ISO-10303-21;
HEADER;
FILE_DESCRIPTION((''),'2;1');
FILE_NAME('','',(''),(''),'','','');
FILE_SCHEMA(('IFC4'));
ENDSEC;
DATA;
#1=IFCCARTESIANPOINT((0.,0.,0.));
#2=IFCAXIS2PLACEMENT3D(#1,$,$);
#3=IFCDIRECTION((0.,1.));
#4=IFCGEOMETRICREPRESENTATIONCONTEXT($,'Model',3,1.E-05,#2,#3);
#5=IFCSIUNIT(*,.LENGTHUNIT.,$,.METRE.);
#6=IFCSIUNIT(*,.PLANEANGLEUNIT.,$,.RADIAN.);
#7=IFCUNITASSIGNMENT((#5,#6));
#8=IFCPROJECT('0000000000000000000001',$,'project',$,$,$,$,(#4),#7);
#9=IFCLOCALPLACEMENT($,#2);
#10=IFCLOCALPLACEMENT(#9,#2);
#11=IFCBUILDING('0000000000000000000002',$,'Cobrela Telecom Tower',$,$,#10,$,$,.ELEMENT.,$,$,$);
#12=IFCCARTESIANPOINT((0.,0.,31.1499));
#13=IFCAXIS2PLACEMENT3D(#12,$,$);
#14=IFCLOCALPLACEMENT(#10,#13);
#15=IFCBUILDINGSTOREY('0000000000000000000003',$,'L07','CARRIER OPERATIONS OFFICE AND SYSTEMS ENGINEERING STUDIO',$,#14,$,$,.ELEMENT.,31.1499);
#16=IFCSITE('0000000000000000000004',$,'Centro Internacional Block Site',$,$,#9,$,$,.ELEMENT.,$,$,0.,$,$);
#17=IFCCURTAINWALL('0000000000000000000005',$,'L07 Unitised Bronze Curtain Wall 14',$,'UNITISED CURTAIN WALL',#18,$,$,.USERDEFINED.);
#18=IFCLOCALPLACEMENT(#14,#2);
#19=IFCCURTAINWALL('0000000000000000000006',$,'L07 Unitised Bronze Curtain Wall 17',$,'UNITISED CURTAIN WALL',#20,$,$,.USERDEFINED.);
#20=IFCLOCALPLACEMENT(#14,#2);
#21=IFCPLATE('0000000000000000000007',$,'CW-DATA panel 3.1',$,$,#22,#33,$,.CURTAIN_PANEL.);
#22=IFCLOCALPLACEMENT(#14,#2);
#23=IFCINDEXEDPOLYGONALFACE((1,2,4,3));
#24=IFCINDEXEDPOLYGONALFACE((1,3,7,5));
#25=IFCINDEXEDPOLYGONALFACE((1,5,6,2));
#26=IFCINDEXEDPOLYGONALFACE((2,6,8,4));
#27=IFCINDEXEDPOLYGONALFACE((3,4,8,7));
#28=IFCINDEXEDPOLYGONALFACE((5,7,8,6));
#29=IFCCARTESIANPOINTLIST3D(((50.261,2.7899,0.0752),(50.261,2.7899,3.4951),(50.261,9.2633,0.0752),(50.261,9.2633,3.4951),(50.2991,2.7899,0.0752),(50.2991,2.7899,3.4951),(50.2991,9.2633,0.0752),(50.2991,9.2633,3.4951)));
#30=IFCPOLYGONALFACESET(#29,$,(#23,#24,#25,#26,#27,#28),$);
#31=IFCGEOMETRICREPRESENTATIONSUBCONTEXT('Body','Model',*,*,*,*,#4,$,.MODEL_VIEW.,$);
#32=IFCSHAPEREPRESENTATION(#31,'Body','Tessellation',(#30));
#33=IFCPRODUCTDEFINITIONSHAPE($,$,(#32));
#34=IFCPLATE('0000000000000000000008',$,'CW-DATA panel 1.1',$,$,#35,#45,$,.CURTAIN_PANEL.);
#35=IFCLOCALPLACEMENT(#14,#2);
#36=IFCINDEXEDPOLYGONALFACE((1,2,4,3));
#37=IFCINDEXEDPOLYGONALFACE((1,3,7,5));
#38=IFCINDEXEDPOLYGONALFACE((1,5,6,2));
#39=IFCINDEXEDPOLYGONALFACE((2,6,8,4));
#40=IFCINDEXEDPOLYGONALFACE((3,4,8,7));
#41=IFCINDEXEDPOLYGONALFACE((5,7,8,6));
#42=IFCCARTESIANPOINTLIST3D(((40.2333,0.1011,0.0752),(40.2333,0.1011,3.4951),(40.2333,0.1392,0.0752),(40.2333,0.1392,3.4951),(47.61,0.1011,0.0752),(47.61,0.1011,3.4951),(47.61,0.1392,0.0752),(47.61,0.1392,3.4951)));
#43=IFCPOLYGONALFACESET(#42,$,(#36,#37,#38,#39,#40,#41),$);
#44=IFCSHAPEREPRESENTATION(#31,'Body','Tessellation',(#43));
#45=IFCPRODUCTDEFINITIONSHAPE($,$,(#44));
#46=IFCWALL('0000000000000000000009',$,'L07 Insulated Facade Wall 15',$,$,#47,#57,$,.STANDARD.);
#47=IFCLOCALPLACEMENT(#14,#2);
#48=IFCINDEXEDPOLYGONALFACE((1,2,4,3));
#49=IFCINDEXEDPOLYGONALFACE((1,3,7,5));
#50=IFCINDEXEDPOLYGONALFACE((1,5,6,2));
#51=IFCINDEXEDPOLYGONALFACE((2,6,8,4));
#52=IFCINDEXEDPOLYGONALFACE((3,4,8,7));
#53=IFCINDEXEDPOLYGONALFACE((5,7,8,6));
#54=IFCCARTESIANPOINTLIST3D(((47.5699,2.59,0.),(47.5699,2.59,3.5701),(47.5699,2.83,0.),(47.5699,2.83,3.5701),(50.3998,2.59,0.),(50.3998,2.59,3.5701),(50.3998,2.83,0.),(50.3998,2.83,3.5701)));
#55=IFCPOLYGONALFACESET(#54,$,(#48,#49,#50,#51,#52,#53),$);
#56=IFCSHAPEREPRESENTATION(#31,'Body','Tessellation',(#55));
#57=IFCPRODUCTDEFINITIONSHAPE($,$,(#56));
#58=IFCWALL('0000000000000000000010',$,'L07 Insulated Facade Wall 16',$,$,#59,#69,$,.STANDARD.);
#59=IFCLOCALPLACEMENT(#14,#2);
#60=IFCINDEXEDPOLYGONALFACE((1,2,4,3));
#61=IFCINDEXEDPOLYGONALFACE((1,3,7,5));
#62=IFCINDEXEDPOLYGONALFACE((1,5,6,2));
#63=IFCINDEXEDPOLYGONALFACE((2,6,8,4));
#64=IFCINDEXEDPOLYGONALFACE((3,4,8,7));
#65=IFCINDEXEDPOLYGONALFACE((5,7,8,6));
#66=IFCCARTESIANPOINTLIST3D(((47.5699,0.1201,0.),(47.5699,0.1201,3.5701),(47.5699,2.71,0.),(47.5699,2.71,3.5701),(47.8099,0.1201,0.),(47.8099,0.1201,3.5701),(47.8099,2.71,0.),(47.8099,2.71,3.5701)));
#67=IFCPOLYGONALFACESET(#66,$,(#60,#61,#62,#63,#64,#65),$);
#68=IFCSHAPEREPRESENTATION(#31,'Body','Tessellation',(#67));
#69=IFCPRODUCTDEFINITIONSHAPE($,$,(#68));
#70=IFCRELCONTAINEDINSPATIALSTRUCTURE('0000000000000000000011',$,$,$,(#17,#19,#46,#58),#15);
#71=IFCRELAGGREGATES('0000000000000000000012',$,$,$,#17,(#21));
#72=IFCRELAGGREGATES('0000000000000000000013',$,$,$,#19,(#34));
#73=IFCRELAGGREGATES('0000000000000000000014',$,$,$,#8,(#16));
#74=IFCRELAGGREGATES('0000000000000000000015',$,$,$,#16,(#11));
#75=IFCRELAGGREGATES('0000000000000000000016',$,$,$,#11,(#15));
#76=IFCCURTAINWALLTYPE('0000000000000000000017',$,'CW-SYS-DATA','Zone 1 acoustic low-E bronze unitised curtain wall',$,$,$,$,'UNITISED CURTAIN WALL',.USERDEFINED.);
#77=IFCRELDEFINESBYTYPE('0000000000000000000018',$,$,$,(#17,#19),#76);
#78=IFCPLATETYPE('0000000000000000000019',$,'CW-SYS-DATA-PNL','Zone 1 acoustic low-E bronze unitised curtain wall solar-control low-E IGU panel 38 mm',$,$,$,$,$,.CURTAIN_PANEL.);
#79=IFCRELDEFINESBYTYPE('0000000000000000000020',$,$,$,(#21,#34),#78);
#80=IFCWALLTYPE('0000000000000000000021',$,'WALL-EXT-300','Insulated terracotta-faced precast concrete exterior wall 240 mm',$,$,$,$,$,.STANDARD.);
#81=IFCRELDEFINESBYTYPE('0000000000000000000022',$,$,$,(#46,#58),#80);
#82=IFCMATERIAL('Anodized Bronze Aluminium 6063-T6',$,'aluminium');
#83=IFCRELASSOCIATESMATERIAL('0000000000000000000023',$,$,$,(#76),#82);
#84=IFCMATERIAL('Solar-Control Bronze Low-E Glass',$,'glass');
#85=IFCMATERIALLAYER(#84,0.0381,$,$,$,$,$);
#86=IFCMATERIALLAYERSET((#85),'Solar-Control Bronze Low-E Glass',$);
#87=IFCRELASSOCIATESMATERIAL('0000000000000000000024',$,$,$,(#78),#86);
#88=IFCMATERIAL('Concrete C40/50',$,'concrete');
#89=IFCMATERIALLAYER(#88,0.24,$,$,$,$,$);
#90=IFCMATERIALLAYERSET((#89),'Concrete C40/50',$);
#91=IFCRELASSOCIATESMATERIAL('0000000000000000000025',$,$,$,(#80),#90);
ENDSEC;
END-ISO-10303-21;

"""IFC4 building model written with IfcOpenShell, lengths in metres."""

from ifc_helpers import new_model, si_unit, direction, frame, frame_2d, origin, origin_2d, place, context, subcontext, project, spatial, rectangle, extrude, material, layer, layer_set, type_object, element, aggregate, save


model = new_model("IFC4")

# Units and contexts
model_context = context("Model", 3, precision=1e-05, world=origin(), true_north=direction((0.0, 1.0)))
body_context = subcontext(model_context, "Body", "Model", "MODEL_VIEW")
ifc_project = project(units=[si_unit("LENGTHUNIT", "METRE"), si_unit("PLANEANGLEUNIT", "RADIAN")], contexts=[model_context])

# Site, building, storey
site_placement = place(None, origin())
site = spatial("IfcSite", under=ifc_project, at=site_placement, Name="Centro Internacional Block Site", CompositionType="ELEMENT", RefElevation=0.0)
building_placement = place(site_placement, origin())
building = spatial("IfcBuilding", under=site, at=building_placement, Name="Cobrela Telecom Tower", CompositionType="ELEMENT")
storey_placement = place(building_placement, frame((0.0, 0.0, 31.1499)))
storey = spatial("IfcBuildingStorey", under=building, at=storey_placement, Name="L07", Description="CARRIER OPERATIONS OFFICE AND SYSTEMS ENGINEERING STUDIO", CompositionType="ELEMENT", Elevation=31.1499)

# Curtain wall
ifc_material_1 = material(Name="Anodized Bronze Aluminium 6063-T6", Category="aluminium")
curtain_wall_type = type_object("IfcCurtainWallType", Name="CW-SYS-DATA", Description="Zone 1 acoustic low-E bronze unitised curtain wall", ElementType="UNITISED CURTAIN WALL", PredefinedType="USERDEFINED", material=ifc_material_1)
curtain_wall_1_placement = place(storey_placement, origin())
curtain_wall_1 = element("IfcCurtainWall", 1, at=curtain_wall_1_placement, inside=storey, type_object=curtain_wall_type, Name="L07 Unitised Bronze Curtain Wall 14", ObjectType="UNITISED CURTAIN WALL", PredefinedType="USERDEFINED")

# Curtain wall
curtain_wall_2_placement = place(storey_placement, origin())
curtain_wall_2 = element("IfcCurtainWall", 2, at=curtain_wall_2_placement, inside=storey, type_object=curtain_wall_type, Name="L07 Unitised Bronze Curtain Wall 17", ObjectType="UNITISED CURTAIN WALL", PredefinedType="USERDEFINED")

# Plates
ifc_material_2 = material(Name="Solar-Control Bronze Low-E Glass", Category="glass")
ifc_layer_1 = layer(ifc_material_2, 0.0381)
ifc_layer_set_1 = layer_set([ifc_layer_1], Name="Solar-Control Bronze Low-E Glass")
plate_type = type_object("IfcPlateType", Name="CW-SYS-DATA-PNL", Description="Zone 1 acoustic low-E bronze unitised curtain wall solar-control low-E IGU panel 38 mm", PredefinedType="CURTAIN_PANEL", material=ifc_layer_set_1)
plate_1_placement = place(storey_placement, frame((50.28, 6.0266, 0.0752), z_axis=(0.0, 0.0, 1.0), x_axis=(0.0, -1.0, 0.0)))
plate_1 = element("IfcPlate", 3, at=plate_1_placement, type_object=plate_type, Name="CW-DATA panel 3.1", PredefinedType="CURTAIN_PANEL", context=body_context, shape_type="SweptSolid", body=[
    extrude(rectangle(XDim=6.4734, YDim=0.0381, at=origin_2d()), origin(), (0.0, 0.0, 1.0), 3.4199),
])
aggregate(curtain_wall_1, [plate_1])
plate_2_placement = place(storey_placement, frame((43.9216, 0.1201, 0.0752), z_axis=(0.0, 0.0, 1.0), x_axis=(-1.0, 0.0, 0.0)))
plate_2 = element("IfcPlate", 4, at=plate_2_placement, type_object=plate_type, Name="CW-DATA panel 1.1", PredefinedType="CURTAIN_PANEL", context=body_context, shape_type="SweptSolid", body=[
    extrude(rectangle(XDim=7.3767, YDim=0.0381, at=origin_2d()), origin(), (0.0, 0.0, 1.0), 3.4199),
])
aggregate(curtain_wall_2, [plate_2])

# Walls
ifc_material_3 = material(Name="Concrete C40/50", Category="concrete")
ifc_layer_2 = layer(ifc_material_3, 0.24)
ifc_layer_set_2 = layer_set([ifc_layer_2], Name="Concrete C40/50")
wall_type = type_object("IfcWallType", Name="WALL-EXT-300", Description="Insulated terracotta-faced precast concrete exterior wall 240 mm", PredefinedType="STANDARD", material=ifc_layer_set_2)
wall_1_placement = place(storey_placement, frame((50.3999, 2.71, 0.0), z_axis=(0.0, 0.0, 1.0), x_axis=(-1.0, 0.0, 0.0)))
element("IfcWall", 5, at=wall_1_placement, inside=storey, type_object=wall_type, Name="L07 Insulated Facade Wall 15", PredefinedType="STANDARD", context=body_context, shape_type="SweptSolid", body=[
    extrude(rectangle(XDim=2.8298, YDim=0.24, at=frame_2d((1.415, 0.0))), origin(), (0.0, 0.0, 1.0), 3.5701),
])
wall_2_placement = place(storey_placement, frame((47.6899, 2.71, 0.0), z_axis=(0.0, 0.0, 1.0), x_axis=(0.0, -1.0, 0.0)))
element("IfcWall", 6, at=wall_2_placement, inside=storey, type_object=wall_type, Name="L07 Insulated Facade Wall 16", PredefinedType="STANDARD", context=body_context, shape_type="SweptSolid", body=[
    extrude(rectangle(XDim=2.5898, YDim=0.24, at=frame_2d((1.2949, 0.0))), origin(), (0.0, 0.0, 1.0), 3.5701),
])

save(model, "model.ifc")
